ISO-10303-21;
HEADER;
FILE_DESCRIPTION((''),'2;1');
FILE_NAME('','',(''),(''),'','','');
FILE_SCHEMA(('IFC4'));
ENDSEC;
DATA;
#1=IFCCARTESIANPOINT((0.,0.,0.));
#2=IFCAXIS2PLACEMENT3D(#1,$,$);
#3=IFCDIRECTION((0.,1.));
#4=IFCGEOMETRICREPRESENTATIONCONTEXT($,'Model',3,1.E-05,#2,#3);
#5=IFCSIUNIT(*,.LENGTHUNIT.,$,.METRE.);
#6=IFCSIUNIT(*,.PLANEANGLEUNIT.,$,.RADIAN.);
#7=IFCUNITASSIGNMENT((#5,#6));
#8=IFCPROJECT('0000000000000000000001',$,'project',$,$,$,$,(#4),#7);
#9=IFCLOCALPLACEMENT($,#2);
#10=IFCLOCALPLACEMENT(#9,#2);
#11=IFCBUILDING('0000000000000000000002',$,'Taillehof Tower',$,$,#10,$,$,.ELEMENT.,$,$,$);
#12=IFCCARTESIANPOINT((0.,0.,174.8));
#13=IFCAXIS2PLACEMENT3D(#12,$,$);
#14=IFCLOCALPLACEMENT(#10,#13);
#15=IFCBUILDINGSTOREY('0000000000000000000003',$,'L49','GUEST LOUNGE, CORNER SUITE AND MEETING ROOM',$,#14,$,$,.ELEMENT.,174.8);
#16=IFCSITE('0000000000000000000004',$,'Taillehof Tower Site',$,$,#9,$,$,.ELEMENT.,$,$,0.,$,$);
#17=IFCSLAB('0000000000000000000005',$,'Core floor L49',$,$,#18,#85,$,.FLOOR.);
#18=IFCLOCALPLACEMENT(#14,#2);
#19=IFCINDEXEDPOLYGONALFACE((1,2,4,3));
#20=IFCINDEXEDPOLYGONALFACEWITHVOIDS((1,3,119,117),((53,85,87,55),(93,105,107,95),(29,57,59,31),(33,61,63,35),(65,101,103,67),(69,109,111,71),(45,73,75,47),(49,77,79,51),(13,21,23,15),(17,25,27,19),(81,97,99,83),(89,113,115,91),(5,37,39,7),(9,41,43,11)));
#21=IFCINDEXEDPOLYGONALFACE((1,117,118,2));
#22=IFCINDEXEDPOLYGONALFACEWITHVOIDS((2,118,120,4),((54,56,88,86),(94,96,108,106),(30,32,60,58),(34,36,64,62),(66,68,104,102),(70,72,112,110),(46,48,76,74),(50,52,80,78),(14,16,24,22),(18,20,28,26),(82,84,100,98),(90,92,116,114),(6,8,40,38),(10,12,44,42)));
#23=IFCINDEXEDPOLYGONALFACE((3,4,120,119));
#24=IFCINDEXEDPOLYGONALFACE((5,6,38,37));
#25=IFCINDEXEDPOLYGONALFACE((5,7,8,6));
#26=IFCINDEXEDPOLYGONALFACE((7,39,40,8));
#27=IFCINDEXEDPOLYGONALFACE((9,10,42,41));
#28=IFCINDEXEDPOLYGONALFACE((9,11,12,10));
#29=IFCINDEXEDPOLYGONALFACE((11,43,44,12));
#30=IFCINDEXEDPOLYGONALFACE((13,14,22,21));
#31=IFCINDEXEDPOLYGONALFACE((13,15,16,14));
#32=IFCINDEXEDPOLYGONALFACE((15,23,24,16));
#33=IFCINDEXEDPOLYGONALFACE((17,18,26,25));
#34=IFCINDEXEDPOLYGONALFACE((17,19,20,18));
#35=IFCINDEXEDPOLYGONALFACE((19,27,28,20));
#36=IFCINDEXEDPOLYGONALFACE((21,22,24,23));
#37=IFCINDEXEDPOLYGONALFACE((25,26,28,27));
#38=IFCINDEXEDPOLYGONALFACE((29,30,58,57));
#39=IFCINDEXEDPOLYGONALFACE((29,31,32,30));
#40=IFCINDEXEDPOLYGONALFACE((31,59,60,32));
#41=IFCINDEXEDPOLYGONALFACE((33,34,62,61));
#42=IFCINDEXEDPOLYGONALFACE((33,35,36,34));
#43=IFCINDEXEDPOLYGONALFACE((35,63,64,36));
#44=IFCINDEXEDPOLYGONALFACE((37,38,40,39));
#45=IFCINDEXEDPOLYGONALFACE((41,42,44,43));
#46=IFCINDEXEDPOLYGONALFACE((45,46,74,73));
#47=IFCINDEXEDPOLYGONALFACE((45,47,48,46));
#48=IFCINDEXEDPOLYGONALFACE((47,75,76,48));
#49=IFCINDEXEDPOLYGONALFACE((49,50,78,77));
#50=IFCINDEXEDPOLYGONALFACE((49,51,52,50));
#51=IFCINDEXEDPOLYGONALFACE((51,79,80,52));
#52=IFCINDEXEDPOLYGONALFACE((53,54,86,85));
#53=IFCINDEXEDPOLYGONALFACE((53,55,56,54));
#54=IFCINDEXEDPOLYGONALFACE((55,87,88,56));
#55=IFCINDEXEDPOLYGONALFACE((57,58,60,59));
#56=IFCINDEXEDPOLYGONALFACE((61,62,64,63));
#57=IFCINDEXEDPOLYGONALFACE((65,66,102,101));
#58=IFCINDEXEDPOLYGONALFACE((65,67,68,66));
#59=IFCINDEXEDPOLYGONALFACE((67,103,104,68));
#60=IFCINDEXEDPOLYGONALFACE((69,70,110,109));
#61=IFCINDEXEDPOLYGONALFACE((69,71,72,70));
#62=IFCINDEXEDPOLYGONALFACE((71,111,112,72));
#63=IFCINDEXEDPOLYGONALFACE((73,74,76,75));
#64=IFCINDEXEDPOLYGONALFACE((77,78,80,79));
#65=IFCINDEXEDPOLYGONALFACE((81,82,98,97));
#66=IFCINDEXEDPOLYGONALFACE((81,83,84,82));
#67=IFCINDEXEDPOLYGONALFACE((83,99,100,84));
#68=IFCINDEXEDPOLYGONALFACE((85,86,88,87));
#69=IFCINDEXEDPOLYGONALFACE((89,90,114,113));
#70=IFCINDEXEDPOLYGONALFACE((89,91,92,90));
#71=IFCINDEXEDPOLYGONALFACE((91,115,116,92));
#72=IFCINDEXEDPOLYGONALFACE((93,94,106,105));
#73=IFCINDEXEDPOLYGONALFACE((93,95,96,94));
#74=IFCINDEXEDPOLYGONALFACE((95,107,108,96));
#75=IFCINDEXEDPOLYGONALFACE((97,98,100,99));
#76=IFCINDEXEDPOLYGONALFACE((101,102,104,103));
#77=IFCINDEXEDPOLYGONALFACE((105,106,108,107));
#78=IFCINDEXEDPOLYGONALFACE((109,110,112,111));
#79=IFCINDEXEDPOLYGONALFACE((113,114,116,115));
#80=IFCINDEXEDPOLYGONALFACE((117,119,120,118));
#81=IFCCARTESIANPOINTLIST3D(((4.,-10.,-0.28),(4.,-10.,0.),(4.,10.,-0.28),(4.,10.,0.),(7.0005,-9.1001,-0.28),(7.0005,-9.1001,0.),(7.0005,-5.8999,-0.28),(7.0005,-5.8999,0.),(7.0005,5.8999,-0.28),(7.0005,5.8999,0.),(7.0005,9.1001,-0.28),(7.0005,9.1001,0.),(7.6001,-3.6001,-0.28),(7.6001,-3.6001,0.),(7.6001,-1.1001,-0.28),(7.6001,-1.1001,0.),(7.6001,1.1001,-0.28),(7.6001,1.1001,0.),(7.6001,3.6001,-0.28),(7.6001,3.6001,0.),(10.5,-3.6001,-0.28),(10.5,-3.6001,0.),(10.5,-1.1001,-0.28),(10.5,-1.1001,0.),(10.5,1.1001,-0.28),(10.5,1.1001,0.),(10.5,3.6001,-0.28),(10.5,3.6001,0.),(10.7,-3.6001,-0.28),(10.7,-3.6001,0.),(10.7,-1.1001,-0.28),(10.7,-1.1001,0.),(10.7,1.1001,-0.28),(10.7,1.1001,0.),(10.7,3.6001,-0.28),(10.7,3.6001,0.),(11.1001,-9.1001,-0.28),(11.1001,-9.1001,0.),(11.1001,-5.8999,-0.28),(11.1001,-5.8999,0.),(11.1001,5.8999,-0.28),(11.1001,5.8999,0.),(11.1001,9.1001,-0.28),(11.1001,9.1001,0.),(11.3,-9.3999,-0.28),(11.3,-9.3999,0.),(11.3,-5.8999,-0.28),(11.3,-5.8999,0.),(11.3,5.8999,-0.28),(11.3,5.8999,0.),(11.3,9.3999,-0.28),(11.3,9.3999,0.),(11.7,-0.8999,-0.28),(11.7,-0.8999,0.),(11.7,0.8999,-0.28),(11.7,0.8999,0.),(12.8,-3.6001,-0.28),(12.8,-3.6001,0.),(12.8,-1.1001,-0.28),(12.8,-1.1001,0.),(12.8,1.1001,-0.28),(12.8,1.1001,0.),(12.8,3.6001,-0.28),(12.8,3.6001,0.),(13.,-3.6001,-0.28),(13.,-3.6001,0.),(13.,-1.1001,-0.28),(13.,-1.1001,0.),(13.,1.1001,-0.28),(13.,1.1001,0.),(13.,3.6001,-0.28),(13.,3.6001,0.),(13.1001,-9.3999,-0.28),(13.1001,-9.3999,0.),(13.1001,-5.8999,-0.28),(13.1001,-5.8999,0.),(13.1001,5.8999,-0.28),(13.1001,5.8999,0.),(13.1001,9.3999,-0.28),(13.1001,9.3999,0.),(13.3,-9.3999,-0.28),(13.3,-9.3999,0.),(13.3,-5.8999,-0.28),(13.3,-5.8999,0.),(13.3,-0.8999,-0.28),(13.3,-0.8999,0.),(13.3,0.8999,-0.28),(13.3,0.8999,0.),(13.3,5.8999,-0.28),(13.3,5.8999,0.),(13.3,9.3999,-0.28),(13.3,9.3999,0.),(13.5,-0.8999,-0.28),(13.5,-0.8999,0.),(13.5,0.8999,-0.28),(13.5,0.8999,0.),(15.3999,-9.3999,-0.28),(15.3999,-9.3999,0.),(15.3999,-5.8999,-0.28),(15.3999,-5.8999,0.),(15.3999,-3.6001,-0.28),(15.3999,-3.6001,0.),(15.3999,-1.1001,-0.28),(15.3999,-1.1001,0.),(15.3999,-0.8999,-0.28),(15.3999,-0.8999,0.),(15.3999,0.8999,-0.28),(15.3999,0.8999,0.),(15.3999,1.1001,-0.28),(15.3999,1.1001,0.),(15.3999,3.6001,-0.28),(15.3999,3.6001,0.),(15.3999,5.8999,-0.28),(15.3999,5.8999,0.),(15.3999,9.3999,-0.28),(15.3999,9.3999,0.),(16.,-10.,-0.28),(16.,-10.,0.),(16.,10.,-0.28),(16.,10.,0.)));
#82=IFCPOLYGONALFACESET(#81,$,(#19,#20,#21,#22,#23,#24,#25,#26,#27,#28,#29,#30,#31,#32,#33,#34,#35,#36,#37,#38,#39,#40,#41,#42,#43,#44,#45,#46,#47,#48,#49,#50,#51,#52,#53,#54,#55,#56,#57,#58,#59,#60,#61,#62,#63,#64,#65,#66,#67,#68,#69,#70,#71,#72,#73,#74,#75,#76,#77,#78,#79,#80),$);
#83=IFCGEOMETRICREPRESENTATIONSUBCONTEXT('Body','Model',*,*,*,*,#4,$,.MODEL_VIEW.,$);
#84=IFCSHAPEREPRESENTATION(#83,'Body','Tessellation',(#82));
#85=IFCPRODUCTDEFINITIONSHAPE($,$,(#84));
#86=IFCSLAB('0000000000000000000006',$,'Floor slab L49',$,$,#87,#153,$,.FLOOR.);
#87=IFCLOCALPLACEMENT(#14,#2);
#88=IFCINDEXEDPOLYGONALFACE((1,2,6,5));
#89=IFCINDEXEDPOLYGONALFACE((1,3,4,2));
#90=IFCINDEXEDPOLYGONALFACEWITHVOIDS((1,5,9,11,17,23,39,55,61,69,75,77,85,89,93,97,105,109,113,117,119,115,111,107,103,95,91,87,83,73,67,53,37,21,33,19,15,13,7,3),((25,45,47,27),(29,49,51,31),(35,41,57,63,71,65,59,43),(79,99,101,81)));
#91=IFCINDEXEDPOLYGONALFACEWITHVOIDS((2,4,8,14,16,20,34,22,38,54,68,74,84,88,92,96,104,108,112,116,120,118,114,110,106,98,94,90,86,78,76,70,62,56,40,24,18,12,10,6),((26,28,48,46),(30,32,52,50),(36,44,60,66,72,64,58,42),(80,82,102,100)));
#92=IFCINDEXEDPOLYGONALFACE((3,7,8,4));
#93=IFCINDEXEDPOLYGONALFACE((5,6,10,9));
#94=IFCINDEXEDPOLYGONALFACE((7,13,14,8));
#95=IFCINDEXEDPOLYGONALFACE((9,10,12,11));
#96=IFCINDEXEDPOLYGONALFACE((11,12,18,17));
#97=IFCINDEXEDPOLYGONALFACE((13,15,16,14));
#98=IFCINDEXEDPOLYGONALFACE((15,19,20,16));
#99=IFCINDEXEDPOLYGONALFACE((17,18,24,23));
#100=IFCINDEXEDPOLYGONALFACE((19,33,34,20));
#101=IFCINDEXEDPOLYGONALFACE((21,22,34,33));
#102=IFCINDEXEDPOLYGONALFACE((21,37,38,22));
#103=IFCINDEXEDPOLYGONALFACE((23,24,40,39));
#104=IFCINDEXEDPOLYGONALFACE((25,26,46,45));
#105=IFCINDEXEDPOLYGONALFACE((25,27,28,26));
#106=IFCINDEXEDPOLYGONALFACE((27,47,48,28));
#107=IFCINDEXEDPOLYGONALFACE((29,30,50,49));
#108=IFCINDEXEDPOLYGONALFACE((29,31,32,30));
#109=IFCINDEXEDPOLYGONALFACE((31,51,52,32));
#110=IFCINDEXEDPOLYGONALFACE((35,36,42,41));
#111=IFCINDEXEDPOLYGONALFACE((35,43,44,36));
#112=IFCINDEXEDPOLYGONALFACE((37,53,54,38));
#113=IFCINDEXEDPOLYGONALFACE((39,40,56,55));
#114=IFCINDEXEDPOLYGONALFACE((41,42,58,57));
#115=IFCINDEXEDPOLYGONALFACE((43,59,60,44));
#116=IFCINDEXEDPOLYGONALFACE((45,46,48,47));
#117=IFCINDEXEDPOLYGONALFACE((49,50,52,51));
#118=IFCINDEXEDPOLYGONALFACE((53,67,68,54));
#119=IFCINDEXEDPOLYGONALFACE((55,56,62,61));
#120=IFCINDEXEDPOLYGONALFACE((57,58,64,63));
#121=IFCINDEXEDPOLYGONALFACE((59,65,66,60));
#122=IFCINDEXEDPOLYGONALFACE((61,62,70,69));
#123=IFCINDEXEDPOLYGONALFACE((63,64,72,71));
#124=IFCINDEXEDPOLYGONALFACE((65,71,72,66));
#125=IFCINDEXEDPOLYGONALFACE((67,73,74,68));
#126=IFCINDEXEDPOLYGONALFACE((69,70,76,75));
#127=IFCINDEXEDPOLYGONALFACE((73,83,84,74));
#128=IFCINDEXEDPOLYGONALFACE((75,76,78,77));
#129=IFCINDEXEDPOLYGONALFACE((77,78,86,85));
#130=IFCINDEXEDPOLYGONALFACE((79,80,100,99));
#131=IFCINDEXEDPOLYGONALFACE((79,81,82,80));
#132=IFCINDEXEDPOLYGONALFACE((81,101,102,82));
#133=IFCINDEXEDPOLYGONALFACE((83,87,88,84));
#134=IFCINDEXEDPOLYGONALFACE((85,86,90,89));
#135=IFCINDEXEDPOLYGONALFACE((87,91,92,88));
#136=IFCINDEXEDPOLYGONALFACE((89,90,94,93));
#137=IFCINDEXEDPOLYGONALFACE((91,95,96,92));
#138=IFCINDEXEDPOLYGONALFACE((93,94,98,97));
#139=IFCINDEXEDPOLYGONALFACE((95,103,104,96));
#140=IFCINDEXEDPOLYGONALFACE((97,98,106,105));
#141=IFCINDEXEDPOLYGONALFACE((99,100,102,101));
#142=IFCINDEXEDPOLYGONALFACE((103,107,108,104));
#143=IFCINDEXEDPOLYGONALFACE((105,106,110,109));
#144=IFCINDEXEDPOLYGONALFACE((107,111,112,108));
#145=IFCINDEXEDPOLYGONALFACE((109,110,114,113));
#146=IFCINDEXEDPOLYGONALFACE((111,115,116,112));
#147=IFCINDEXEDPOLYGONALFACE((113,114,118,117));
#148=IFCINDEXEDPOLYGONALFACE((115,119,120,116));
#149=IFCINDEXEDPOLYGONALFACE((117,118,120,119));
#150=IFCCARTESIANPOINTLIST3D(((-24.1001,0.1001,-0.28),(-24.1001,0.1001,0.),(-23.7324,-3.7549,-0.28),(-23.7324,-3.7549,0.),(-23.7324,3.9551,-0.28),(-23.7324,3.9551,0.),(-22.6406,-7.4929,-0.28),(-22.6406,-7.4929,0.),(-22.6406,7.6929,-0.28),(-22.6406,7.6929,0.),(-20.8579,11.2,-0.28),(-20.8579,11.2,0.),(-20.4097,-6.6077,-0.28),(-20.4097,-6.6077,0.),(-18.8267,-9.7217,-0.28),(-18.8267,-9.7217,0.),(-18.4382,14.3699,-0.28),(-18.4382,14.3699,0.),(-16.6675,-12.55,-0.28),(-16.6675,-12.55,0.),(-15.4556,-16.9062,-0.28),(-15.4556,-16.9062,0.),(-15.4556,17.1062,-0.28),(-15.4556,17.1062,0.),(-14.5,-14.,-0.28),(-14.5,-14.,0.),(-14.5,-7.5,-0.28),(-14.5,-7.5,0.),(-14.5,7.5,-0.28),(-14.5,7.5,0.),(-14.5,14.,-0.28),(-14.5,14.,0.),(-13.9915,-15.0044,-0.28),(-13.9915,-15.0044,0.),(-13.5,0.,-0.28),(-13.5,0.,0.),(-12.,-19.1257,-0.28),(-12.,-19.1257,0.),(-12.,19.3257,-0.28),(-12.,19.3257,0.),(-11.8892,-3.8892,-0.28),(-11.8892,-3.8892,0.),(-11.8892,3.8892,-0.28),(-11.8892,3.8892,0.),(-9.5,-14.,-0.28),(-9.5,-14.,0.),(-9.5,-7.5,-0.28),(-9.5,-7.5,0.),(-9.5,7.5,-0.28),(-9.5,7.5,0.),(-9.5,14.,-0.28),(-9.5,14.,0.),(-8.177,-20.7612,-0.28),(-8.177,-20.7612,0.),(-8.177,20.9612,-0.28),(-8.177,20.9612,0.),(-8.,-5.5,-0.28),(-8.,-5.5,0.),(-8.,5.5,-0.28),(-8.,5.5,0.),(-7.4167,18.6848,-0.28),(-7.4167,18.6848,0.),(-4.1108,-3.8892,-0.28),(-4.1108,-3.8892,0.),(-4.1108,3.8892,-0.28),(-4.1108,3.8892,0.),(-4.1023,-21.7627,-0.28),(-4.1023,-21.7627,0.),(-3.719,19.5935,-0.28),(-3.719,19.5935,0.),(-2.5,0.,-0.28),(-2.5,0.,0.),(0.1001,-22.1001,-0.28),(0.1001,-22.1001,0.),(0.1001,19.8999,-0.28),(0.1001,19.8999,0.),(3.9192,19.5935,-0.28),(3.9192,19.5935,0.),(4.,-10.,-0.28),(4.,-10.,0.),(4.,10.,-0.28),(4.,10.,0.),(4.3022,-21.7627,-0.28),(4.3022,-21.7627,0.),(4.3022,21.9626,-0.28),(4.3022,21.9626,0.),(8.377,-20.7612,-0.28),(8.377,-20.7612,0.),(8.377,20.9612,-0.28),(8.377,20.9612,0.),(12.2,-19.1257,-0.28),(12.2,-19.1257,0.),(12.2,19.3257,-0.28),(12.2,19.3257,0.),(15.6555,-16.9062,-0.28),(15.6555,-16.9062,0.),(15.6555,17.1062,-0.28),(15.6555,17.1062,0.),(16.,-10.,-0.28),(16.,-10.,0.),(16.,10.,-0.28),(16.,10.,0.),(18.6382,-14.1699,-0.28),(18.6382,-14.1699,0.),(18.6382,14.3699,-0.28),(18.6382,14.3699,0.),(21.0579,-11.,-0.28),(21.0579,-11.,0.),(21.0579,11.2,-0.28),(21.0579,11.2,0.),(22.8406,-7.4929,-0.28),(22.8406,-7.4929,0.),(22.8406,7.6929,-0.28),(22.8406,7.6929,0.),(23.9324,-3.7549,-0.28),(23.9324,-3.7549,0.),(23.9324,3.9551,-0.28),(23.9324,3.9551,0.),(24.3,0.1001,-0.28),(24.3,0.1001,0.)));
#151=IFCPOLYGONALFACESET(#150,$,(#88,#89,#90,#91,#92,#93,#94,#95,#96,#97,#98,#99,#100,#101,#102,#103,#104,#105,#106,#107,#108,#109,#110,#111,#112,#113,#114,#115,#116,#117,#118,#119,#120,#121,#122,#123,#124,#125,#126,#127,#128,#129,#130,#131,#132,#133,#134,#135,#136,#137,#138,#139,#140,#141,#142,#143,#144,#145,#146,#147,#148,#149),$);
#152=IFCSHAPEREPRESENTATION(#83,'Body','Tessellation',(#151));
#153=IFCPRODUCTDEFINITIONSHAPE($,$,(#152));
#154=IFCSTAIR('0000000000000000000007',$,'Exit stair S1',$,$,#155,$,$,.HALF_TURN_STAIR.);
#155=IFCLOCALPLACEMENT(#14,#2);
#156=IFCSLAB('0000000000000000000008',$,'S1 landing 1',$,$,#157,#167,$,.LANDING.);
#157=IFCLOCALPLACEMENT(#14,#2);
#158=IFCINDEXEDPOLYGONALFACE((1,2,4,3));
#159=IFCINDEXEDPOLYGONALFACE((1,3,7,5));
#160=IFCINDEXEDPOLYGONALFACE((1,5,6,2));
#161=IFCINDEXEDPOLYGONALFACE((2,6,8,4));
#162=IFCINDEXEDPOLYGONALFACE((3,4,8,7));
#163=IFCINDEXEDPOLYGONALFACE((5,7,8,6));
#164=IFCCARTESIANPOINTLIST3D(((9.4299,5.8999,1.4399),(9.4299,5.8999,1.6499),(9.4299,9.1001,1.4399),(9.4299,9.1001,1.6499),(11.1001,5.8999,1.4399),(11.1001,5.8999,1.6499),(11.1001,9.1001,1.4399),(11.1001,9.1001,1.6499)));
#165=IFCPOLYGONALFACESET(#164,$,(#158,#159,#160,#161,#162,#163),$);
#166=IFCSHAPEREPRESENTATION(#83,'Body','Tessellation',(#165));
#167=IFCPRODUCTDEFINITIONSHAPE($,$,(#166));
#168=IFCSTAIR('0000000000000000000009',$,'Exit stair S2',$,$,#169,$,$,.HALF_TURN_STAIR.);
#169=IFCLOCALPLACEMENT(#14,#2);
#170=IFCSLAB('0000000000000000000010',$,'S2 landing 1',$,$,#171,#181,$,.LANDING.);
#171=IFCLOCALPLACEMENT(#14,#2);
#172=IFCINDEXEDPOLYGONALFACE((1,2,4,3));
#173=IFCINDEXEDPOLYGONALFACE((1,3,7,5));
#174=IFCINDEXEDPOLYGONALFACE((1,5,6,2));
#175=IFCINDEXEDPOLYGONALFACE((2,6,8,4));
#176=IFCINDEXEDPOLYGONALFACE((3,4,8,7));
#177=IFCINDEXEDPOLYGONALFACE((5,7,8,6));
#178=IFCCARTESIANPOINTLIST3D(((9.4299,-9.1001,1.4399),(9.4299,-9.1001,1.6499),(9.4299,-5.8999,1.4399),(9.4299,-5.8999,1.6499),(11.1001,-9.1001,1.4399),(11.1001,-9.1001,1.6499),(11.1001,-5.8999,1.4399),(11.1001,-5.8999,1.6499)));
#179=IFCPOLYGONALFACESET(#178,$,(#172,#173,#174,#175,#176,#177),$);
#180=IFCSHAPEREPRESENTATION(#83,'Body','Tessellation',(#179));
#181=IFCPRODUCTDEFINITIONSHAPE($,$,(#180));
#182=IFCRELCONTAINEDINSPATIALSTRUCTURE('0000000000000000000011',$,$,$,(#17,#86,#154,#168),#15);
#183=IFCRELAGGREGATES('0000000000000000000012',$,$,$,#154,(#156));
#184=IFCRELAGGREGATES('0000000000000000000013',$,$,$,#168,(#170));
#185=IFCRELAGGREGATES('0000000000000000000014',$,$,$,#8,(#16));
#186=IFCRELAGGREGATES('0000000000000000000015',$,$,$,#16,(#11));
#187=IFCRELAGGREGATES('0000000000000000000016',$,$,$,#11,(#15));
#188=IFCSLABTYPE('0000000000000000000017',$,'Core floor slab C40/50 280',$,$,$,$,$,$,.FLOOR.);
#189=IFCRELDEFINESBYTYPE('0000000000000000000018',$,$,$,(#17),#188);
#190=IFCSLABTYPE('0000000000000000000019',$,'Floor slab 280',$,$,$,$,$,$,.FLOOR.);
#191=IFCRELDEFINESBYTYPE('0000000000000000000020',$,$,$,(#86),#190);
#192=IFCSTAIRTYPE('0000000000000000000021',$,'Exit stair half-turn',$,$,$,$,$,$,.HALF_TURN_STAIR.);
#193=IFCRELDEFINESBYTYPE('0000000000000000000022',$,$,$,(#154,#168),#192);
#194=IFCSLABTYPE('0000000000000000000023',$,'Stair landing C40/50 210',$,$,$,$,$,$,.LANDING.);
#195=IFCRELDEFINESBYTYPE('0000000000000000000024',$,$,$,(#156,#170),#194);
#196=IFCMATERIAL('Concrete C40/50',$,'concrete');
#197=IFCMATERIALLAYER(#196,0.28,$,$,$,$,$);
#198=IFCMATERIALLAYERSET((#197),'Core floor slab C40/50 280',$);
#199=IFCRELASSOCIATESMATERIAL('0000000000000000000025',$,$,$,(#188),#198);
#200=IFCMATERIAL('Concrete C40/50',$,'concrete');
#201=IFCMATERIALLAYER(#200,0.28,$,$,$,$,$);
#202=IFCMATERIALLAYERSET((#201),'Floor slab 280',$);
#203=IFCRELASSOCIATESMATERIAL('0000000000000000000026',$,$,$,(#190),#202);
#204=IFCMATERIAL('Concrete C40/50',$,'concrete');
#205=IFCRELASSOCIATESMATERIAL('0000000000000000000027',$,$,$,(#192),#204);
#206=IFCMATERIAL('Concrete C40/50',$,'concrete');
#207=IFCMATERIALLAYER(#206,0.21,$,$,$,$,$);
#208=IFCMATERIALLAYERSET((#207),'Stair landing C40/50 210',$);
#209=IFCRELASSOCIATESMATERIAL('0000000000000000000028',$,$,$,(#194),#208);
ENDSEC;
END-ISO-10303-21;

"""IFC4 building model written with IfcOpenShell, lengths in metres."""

from ifc_helpers import new_model, si_unit, direction, frame, origin, place, context, subcontext, project, spatial, polyline, outline, extrude, material, layer, layer_set, type_object, element, aggregate, save


model = new_model("IFC4")

# Units and contexts
model_context = context("Model", 3, precision=1e-05, world=origin(), true_north=direction((0.0, 1.0)))
body_context = subcontext(model_context, "Body", "Model", "MODEL_VIEW")
ifc_project = project(units=[si_unit("LENGTHUNIT", "METRE"), si_unit("PLANEANGLEUNIT", "RADIAN")], contexts=[model_context])

# Site, building, storey
site_placement = place(None, origin())
site = spatial("IfcSite", under=ifc_project, at=site_placement, Name="Taillehof Tower Site", CompositionType="ELEMENT", RefElevation=0.0)
building_placement = place(site_placement, origin())
building = spatial("IfcBuilding", under=site, at=building_placement, Name="Taillehof Tower", CompositionType="ELEMENT")
storey_placement = place(building_placement, frame((0.0, 0.0, 174.8)))
storey = spatial("IfcBuildingStorey", under=building, at=storey_placement, Name="L49", Description="GUEST LOUNGE, CORNER SUITE AND MEETING ROOM", CompositionType="ELEMENT", Elevation=174.8)

# Slabs
ifc_material_1 = material(Name="Concrete C40/50", Category="concrete")
ifc_layer_1 = layer(ifc_material_1, 0.28)
ifc_layer_set_1 = layer_set([ifc_layer_1], Name="Core floor slab C40/50 280")
slab_type_1 = type_object("IfcSlabType", Name="Core floor slab C40/50 280", PredefinedType="FLOOR", material=ifc_layer_set_1)
slab_1_placement = place(storey_placement, frame((0.0, 0.0, -0.28)))
element("IfcSlab", 1, at=slab_1_placement, inside=storey, type_object=slab_type_1, Name="Core floor L49", PredefinedType="FLOOR", context=body_context, shape_type="SweptSolid", body=[
    extrude(outline(polyline([(4.0, -10.0), (4.0, 10.0), (16.0, 10.0), (16.0, -10.0), (4.0, -10.0)]), holes=[polyline([(11.1001, -9.1001), (11.1001, -5.8999), (7.0005, -5.8999), (7.0005, -9.1001), (11.1001, -9.1001)]), polyline([(10.5, -3.6001), (10.5, -1.1001), (7.6001, -1.1001), (7.6001, -3.6001), (10.5, -3.6001)]), polyline([(12.8, -3.6001), (12.8, -1.1001), (10.7, -1.1001), (10.7, -3.6001), (12.8, -3.6001)]), polyline([(10.5, 1.1001), (10.5, 3.6001), (7.6001, 3.6001), (7.6001, 1.1001), (10.5, 1.1001)]), polyline([(12.8, 1.1001), (12.8, 3.6001), (10.7, 3.6001), (10.7, 1.1001), (12.8, 1.1001)]), polyline([(11.1001, 5.8999), (11.1001, 9.1001), (7.0005, 9.1001), (7.0005, 5.8999), (11.1001, 5.8999)]), polyline([(13.1001, 5.8999), (13.1001, 9.3999), (11.3, 9.3999), (11.3, 5.8999), (13.1001, 5.8999)]), polyline([(13.1001, -5.8999), (11.3, -5.8999), (11.3, -9.3999), (13.1001, -9.3999), (13.1001, -5.8999)]), polyline([(15.3999, -9.3999), (15.3999, -5.8999), (13.3, -5.8999), (13.3, -9.3999), (15.3999, -9.3999)]), polyline([(15.3999, -3.6001), (15.3999, -1.1001), (13.0, -1.1001), (13.0, -3.6001), (15.3999, -3.6001)]), polyline([(13.3, -0.8999), (13.3, 0.8999), (11.7, 0.8999), (11.7, -0.8999), (13.3, -0.8999)]), polyline([(15.3999, -0.8999), (15.3999, 0.8999), (13.5, 0.8999), (13.5, -0.8999), (15.3999, -0.8999)]), polyline([(15.3999, 1.1001), (15.3999, 3.6001), (13.0, 3.6001), (13.0, 1.1001), (15.3999, 1.1001)]), polyline([(15.3999, 5.8999), (15.3999, 9.3999), (13.3, 9.3999), (13.3, 5.8999), (15.3999, 5.8999)])]), origin(), (0.0, 0.0, 1.0), 0.28),
])
ifc_material_2 = material(Name="Concrete C40/50", Category="concrete")
ifc_layer_2 = layer(ifc_material_2, 0.28)
ifc_layer_set_2 = layer_set([ifc_layer_2], Name="Floor slab 280")
slab_type_2 = type_object("IfcSlabType", Name="Floor slab 280", PredefinedType="FLOOR", material=ifc_layer_set_2)
slab_2_placement = place(storey_placement, frame((0.0, 0.0, -0.28)))
element("IfcSlab", 2, at=slab_2_placement, inside=storey, type_object=slab_type_2, Name="Floor slab L49", PredefinedType="FLOOR", context=body_context, shape_type="SweptSolid", body=[
    extrude(outline(polyline([(24.3, 0.1001), (23.9324, 3.9551), (22.8406, 7.6929), (21.0579, 11.2), (18.6382, 14.3699), (15.6555, 17.1062), (12.2, 19.3257), (8.377, 20.9612), (4.3022, 21.9626), (3.9192, 19.5935), (0.1001, 19.8999), (-3.719, 19.5935), (-7.4167, 18.6848), (-8.177, 20.9612), (-12.0, 19.3257), (-15.4556, 17.1062), (-18.4382, 14.3699), (-20.8579, 11.2), (-22.6406, 7.6929), (-23.7324, 3.9551), (-24.1001, 0.1001), (-23.7324, -3.7549), (-22.6406, -7.4929), (-20.4097, -6.6077), (-18.8267, -9.7217), (-16.6675, -12.55), (-13.9915, -15.0044), (-15.4556, -16.9062), (-12.0, -19.1257), (-8.177, -20.7612), (-4.1023, -21.7627), (0.1001, -22.1001), (4.3022, -21.7627), (8.377, -20.7612), (12.2, -19.1257), (15.6555, -16.9062), (18.6382, -14.1699), (21.0579, -11.0), (22.8406, -7.4929), (23.9324, -3.7549), (24.3, 0.1001)]), holes=[polyline([(-14.5, -7.5), (-9.5, -7.5), (-9.5, -14.0), (-14.5, -14.0), (-14.5, -7.5)]), polyline([(-8.0, -5.5), (-11.8892, -3.8892), (-13.5, 0.0), (-11.8892, 3.8892), (-8.0, 5.5), (-4.1108, 3.8892), (-2.5, 0.0), (-4.1108, -3.8892), (-8.0, -5.5)]), polyline([(16.0, 10.0), (16.0, -10.0), (4.0, -10.0), (4.0, 10.0), (16.0, 10.0)]), polyline([(-14.5, 14.0), (-9.5, 14.0), (-9.5, 7.5), (-14.5, 7.5), (-14.5, 14.0)])]), origin(), (0.0, 0.0, 1.0), 0.28),
])

# Stairs, slabs
ifc_material_3 = material(Name="Concrete C40/50", Category="concrete")
stair_type = type_object("IfcStairType", Name="Exit stair half-turn", PredefinedType="HALF_TURN_STAIR", material=ifc_material_3)
stair_1_placement = place(storey_placement, origin())
stair_1 = element("IfcStair", 3, at=stair_1_placement, inside=storey, type_object=stair_type, Name="Exit stair S1", PredefinedType="HALF_TURN_STAIR")
ifc_material_4 = material(Name="Concrete C40/50", Category="concrete")
ifc_layer_3 = layer(ifc_material_4, 0.21)
ifc_layer_set_3 = layer_set([ifc_layer_3], Name="Stair landing C40/50 210")
slab_type_3 = type_object("IfcSlabType", Name="Stair landing C40/50 210", PredefinedType="LANDING", material=ifc_layer_set_3)
slab_3_placement = place(storey_placement, frame((0.0, 0.0, 1.4399)))
slab_3 = element("IfcSlab", 4, at=slab_3_placement, type_object=slab_type_3, Name="S1 landing 1", PredefinedType="LANDING", context=body_context, shape_type="SweptSolid", body=[
    extrude(outline(polyline([(9.4299, 5.8999), (11.1001, 5.8999), (11.1001, 9.1001), (9.4299, 9.1001), (9.4299, 5.8999)])), origin(), (0.0, 0.0, 1.0), 0.21),
])
aggregate(stair_1, [slab_3])
stair_2_placement = place(storey_placement, origin())
stair_2 = element("IfcStair", 5, at=stair_2_placement, inside=storey, type_object=stair_type, Name="Exit stair S2", PredefinedType="HALF_TURN_STAIR")
slab_4_placement = place(storey_placement, frame((0.0, 0.0, 1.4399)))
slab_4 = element("IfcSlab", 6, at=slab_4_placement, type_object=slab_type_3, Name="S2 landing 1", PredefinedType="LANDING", context=body_context, shape_type="SweptSolid", body=[
    extrude(outline(polyline([(9.4299, -5.8999), (11.1001, -5.8999), (11.1001, -9.1001), (9.4299, -9.1001), (9.4299, -5.8999)])), origin(), (0.0, 0.0, 1.0), 0.21),
])

aggregate(stair_2, [slab_4])

save(model, "model.ifc")
